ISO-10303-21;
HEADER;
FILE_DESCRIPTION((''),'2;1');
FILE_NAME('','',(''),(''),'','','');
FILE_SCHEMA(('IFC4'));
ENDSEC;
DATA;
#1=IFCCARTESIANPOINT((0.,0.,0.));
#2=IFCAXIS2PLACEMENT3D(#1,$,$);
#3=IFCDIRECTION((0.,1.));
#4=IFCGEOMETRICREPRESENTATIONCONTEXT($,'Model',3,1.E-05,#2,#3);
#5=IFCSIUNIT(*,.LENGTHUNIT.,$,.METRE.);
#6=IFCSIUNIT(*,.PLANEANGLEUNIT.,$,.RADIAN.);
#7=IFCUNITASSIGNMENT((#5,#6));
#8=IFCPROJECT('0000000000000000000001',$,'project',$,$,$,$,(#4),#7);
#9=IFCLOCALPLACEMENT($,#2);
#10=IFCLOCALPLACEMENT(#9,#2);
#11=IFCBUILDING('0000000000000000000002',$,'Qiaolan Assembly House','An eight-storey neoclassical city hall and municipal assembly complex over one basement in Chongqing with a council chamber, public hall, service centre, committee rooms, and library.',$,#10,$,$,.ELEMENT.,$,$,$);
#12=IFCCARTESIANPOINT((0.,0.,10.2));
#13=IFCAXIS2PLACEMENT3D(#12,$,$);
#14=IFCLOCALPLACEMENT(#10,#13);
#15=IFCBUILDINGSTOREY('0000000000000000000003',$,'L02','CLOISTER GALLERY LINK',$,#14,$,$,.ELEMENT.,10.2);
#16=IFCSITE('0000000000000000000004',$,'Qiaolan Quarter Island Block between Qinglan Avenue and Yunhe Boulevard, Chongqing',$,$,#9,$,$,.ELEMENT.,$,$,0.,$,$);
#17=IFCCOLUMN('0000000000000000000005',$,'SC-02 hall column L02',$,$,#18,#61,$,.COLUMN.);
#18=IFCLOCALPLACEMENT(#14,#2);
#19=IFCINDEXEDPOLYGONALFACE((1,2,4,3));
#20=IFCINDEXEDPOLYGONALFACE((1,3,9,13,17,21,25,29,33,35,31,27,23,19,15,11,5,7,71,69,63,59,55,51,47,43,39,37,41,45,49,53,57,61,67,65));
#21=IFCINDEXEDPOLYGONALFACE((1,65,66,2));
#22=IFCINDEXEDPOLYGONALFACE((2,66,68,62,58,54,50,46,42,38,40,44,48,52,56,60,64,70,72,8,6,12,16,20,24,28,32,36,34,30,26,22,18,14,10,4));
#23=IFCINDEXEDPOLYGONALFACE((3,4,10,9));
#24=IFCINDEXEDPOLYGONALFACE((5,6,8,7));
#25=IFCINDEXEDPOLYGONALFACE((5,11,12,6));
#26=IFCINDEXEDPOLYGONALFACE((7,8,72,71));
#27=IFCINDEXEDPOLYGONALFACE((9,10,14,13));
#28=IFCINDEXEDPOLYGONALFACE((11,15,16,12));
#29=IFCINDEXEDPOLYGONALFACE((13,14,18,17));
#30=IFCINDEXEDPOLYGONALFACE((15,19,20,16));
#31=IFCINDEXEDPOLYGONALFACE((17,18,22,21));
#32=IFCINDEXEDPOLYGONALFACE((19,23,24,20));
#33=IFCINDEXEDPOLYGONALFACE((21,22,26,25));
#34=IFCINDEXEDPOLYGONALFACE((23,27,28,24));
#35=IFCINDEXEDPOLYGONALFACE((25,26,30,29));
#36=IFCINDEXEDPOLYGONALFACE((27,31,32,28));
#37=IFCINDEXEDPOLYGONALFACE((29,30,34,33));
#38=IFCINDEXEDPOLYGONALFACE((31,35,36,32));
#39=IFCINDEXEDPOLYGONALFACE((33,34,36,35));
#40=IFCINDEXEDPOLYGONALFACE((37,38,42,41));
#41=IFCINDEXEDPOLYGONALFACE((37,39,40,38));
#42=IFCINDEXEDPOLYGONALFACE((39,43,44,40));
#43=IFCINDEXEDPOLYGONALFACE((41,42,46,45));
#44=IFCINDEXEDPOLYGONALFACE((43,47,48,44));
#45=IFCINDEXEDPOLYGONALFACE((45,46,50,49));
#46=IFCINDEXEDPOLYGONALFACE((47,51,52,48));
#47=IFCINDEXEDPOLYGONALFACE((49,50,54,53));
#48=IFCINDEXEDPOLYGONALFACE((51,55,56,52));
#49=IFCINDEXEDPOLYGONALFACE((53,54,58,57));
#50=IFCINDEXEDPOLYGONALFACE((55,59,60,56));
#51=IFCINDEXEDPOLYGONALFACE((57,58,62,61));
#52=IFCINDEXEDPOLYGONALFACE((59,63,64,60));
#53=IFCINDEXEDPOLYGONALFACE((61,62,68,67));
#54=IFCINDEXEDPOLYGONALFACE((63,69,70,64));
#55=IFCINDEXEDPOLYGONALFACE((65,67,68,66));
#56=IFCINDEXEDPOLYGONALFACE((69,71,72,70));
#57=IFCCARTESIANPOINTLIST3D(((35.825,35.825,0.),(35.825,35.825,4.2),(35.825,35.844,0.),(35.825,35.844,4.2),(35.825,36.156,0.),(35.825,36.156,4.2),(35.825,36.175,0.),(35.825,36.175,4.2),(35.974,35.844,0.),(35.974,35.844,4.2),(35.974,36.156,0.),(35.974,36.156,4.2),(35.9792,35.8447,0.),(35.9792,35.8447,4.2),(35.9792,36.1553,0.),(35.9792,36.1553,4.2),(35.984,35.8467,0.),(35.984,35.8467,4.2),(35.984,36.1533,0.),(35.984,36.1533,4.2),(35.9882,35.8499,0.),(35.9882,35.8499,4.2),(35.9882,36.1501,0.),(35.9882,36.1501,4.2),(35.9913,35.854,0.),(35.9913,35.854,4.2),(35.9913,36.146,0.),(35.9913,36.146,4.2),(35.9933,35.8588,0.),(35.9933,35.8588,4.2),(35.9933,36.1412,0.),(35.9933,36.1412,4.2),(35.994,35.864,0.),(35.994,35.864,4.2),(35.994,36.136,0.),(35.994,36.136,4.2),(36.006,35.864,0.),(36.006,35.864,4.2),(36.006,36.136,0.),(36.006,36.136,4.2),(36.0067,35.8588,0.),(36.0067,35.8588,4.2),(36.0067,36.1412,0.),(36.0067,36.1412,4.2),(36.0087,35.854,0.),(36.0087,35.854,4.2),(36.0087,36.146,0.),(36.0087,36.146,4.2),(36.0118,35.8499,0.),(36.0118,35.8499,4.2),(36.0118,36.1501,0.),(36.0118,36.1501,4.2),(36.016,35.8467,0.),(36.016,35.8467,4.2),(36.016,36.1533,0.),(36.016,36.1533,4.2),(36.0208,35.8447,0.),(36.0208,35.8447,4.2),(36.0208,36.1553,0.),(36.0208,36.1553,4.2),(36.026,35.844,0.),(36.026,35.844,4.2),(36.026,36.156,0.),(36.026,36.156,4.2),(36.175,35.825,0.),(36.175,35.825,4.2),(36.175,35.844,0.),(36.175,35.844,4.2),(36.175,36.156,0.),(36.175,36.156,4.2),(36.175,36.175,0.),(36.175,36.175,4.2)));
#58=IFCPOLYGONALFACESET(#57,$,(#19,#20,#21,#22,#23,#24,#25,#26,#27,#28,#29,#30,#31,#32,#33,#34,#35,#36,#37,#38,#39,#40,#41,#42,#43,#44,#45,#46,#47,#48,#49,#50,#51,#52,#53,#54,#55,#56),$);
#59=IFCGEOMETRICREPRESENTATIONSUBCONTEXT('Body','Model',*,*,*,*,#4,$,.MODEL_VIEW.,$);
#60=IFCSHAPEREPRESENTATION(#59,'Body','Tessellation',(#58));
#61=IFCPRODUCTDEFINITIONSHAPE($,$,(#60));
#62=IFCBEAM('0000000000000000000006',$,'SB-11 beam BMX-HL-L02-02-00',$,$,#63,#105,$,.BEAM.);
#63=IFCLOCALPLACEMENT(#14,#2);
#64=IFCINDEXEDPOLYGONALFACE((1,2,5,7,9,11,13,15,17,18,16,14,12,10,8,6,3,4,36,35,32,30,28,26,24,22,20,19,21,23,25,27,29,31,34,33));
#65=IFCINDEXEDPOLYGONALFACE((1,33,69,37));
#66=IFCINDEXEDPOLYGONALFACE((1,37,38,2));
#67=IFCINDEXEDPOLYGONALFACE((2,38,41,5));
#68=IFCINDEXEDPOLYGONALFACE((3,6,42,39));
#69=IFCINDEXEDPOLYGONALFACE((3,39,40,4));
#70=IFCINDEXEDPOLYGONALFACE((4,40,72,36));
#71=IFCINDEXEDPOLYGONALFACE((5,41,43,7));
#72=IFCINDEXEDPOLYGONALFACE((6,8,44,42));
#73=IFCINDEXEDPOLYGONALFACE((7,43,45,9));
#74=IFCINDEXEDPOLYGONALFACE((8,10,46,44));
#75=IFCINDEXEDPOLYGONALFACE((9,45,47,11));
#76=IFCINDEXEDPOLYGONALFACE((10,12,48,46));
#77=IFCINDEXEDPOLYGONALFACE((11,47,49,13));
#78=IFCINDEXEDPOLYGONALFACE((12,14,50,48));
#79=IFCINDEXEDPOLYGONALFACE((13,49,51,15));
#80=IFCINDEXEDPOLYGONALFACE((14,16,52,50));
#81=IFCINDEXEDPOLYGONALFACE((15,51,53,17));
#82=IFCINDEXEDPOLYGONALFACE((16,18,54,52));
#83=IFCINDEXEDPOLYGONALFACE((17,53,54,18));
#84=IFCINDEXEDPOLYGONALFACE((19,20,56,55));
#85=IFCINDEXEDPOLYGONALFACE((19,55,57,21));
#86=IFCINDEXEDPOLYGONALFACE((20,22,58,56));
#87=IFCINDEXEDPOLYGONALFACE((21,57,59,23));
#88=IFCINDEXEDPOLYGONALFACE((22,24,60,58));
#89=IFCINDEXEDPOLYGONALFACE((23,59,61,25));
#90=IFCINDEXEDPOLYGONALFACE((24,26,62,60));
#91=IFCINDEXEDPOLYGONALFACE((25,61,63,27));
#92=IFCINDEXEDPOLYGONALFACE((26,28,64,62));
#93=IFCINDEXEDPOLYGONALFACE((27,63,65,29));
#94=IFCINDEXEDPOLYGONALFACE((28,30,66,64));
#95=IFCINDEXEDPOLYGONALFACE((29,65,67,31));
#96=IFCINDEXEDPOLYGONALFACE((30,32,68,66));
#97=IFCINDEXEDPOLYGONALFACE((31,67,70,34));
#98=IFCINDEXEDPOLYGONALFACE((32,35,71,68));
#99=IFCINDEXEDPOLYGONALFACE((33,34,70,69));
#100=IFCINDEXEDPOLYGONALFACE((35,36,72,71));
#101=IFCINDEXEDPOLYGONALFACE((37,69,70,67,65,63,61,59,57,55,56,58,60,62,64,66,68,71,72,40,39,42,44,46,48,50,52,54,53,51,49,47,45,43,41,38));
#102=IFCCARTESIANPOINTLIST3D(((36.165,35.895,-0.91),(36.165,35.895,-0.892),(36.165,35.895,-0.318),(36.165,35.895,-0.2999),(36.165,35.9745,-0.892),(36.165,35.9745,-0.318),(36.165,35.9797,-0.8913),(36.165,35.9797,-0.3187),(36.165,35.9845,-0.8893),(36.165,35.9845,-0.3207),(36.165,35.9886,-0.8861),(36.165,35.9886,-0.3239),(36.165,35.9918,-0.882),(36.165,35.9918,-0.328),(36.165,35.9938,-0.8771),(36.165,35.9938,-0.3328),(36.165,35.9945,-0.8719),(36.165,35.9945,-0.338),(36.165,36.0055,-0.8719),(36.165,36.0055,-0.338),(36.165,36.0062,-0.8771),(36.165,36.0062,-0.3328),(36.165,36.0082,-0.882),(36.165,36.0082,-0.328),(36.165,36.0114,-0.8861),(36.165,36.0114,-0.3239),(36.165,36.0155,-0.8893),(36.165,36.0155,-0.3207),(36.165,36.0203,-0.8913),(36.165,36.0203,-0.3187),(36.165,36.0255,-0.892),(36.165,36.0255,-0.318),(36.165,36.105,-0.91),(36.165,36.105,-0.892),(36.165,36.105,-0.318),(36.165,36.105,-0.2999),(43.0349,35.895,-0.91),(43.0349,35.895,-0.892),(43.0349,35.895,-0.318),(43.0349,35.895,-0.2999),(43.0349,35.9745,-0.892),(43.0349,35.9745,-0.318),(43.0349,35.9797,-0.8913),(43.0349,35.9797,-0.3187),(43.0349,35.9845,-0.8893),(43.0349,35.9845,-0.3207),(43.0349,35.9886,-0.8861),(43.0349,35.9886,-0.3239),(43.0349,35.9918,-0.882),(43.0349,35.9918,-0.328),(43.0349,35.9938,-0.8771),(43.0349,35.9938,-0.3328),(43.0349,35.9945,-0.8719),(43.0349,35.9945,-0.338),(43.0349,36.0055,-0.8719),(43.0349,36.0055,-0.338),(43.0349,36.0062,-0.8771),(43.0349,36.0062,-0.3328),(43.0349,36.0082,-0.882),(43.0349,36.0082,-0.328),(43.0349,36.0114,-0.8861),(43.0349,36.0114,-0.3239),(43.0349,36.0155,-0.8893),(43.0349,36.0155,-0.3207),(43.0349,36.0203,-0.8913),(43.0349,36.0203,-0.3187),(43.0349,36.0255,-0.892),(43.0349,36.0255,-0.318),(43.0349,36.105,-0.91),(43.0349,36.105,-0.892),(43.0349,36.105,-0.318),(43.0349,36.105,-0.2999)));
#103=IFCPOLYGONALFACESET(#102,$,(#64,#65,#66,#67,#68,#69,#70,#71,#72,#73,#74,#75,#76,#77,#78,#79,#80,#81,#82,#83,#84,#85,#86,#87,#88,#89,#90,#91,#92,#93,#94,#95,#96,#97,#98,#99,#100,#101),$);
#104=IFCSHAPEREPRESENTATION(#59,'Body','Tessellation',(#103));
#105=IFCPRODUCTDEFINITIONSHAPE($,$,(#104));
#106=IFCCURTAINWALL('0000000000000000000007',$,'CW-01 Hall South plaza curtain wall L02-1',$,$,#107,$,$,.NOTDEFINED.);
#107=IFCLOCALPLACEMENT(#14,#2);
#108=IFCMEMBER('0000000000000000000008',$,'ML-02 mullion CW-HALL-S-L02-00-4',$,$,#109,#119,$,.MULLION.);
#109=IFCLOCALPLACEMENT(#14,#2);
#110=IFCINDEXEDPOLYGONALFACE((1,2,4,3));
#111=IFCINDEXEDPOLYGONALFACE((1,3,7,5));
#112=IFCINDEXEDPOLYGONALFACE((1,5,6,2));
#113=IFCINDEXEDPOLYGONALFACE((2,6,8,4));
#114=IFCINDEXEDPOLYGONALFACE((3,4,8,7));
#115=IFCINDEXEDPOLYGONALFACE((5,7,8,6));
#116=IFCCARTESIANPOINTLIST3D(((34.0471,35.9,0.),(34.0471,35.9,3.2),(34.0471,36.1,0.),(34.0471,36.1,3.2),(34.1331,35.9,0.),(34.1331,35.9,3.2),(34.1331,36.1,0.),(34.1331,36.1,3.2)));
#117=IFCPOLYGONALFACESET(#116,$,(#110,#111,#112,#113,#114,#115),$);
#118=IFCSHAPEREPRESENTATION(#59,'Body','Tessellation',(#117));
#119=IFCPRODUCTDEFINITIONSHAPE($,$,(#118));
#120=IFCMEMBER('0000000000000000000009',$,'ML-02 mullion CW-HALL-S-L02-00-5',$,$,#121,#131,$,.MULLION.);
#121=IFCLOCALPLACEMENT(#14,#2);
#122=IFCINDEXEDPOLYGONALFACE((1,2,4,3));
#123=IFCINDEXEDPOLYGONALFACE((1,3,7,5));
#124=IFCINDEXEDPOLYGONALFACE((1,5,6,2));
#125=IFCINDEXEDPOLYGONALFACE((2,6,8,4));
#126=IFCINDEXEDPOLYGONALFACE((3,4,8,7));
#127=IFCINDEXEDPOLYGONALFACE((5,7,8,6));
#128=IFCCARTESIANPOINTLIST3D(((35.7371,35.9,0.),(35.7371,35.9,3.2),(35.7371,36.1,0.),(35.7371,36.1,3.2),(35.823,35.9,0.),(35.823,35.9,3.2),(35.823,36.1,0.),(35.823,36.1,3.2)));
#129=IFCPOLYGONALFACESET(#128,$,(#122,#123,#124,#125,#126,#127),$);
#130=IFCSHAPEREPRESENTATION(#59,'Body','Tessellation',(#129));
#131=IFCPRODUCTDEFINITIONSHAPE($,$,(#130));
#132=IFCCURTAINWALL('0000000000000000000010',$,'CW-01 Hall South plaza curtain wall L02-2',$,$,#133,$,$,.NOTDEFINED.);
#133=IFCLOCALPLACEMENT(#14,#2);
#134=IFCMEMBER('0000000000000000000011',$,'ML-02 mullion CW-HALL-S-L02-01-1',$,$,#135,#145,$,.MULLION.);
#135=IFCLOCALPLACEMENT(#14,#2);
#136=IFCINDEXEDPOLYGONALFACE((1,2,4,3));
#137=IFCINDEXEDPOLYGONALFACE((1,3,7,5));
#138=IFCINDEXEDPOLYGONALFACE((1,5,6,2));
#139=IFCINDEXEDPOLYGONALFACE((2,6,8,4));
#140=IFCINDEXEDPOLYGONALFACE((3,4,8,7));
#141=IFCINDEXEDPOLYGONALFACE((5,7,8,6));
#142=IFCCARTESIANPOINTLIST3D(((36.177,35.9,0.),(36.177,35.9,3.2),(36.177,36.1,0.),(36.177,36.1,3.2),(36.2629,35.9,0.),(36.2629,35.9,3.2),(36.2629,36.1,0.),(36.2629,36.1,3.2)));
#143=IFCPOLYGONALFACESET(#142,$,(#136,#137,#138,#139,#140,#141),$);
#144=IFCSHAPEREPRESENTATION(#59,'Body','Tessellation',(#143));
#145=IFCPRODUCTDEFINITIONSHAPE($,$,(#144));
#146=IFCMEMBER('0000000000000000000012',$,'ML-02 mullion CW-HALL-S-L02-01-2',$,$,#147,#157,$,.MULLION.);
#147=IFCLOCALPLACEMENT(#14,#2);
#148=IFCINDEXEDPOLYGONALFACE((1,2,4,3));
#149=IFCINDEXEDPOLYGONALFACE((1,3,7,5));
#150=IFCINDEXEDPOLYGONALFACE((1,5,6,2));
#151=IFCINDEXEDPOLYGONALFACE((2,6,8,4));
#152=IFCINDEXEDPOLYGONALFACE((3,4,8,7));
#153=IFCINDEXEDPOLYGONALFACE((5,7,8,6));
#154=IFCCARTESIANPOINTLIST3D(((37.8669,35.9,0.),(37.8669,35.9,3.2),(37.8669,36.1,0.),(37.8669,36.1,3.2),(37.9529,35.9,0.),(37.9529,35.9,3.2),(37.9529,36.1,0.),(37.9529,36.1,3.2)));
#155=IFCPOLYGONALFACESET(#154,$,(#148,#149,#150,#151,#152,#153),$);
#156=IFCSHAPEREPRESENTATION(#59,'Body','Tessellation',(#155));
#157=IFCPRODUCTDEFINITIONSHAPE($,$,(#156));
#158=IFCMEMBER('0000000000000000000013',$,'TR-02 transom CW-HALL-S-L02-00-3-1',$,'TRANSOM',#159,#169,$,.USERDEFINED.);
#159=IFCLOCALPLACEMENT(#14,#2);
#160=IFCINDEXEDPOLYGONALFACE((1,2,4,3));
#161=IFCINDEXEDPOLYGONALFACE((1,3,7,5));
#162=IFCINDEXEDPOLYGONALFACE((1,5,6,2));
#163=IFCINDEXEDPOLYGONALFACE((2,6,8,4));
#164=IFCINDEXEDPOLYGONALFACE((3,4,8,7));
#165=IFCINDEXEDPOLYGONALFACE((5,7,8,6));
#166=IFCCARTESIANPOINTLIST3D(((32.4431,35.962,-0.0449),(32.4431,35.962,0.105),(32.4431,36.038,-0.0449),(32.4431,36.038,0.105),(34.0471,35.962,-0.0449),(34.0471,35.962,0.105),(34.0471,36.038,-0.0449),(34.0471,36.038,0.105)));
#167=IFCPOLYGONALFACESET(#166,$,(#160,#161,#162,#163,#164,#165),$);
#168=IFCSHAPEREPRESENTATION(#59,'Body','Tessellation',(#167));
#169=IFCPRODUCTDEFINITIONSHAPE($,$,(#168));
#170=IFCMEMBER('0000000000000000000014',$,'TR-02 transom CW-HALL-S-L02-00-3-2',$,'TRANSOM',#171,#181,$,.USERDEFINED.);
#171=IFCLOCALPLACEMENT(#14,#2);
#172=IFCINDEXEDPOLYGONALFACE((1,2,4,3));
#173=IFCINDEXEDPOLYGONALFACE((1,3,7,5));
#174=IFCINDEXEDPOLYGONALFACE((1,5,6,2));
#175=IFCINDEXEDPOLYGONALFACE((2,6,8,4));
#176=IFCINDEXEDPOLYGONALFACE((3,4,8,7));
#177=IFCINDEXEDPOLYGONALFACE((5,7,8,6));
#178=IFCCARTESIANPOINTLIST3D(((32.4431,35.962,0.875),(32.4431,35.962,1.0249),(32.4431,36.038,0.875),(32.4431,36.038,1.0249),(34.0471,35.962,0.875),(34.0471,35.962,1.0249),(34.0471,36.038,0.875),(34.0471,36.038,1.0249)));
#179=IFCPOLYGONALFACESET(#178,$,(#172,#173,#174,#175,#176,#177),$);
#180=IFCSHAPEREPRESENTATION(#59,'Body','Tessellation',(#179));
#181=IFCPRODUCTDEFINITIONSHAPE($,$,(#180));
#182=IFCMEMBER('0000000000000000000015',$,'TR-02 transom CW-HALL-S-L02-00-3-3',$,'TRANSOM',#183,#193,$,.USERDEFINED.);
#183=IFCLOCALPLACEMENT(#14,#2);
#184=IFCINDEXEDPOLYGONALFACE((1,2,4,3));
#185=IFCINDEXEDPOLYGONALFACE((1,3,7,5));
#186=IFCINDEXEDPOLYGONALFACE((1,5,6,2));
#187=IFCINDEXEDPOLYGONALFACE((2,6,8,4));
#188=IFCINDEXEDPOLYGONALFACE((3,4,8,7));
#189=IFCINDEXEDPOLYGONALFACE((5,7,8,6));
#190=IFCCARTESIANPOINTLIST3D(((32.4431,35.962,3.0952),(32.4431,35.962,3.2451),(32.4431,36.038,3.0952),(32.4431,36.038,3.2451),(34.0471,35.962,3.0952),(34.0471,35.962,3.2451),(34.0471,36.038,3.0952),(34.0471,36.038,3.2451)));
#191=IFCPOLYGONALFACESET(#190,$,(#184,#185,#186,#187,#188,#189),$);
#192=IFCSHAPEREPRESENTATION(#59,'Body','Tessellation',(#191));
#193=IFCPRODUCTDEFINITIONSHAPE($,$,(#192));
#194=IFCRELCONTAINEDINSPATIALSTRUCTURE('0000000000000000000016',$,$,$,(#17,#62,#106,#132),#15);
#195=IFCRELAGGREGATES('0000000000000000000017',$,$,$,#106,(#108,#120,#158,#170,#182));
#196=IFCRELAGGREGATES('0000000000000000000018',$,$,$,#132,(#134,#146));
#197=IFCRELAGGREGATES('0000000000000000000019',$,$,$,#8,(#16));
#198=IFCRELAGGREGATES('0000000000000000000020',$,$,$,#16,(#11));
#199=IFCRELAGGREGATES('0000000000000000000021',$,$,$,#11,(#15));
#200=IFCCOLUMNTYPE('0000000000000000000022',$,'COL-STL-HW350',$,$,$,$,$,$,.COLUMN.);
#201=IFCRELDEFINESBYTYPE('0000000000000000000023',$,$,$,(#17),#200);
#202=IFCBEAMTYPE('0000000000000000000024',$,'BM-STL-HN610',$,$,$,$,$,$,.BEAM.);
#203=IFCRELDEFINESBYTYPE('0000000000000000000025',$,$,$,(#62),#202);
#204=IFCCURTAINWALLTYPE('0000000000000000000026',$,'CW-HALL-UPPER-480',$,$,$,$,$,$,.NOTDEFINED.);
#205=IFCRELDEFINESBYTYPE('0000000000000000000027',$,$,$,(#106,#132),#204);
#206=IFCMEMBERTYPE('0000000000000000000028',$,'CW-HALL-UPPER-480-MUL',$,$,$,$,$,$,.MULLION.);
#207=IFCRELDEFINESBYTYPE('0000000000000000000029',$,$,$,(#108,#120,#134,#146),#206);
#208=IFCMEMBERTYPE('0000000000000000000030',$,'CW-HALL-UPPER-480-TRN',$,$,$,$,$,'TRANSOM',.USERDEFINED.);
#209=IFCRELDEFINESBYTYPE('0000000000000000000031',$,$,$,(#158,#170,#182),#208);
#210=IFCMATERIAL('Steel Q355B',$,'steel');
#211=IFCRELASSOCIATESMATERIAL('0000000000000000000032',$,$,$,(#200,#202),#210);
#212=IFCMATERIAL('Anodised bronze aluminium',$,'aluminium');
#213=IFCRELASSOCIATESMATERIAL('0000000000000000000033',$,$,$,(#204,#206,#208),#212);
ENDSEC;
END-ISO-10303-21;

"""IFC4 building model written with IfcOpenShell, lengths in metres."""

from ifc_helpers import new_model, si_unit, direction, frame, origin, origin_2d, place, context, subcontext, project, spatial, rectangle, i_section, extrude, material, material_profile, profile_set, type_object, element, aggregate, save


model = new_model("IFC4")

# Units and contexts
model_context = context("Model", 3, precision=1e-05, world=origin(), true_north=direction((0.0, 1.0)))
body_context = subcontext(model_context, "Body", "Model", "MODEL_VIEW")
ifc_project = project(units=[si_unit("LENGTHUNIT", "METRE"), si_unit("PLANEANGLEUNIT", "RADIAN")], contexts=[model_context])

# Site, building, storey
site_placement = place(None, origin())
site = spatial("IfcSite", under=ifc_project, at=site_placement, Name="Qiaolan Quarter Island Block between Qinglan Avenue and Yunhe Boulevard, Chongqing", CompositionType="ELEMENT", RefElevation=0.0)
building_placement = place(site_placement, origin())
building = spatial("IfcBuilding", under=site, at=building_placement, Name="Qiaolan Assembly House", Description="An eight-storey neoclassical city hall and municipal assembly complex over one basement in Chongqing with a council chamber, public hall, service centre, committee rooms, and library.", CompositionType="ELEMENT")
storey_placement = place(building_placement, frame((0.0, 0.0, 10.2)))
storey = spatial("IfcBuildingStorey", under=building, at=storey_placement, Name="L02", Description="CLOISTER GALLERY LINK", CompositionType="ELEMENT", Elevation=10.2)

# Column
ifc_material_1 = material(Name="Steel Q355B", Category="steel")
ifc_material_profile_1 = material_profile(ifc_material_1, i_section(OverallWidth=0.3501, OverallDepth=0.3501, WebThickness=0.012, FlangeThickness=0.019, FilletRadius=0.02, at=origin_2d()), Name="HW 350x350x12x19")
ifc_profile_set_1 = profile_set([ifc_material_profile_1], Name="Steel Q355B")
column_type = type_object("IfcColumnType", Name="COL-STL-HW350", PredefinedType="COLUMN", material=ifc_profile_set_1)
column_placement = place(storey_placement, frame((36.0, 36.0, 0.0), z_axis=(0.0, 0.0, 1.0), x_axis=(1.0, 0.0, 0.0)))
element("IfcColumn", 1, at=column_placement, inside=storey, type_object=column_type, Name="SC-02 hall column L02", PredefinedType="COLUMN", context=body_context, shape_type="SweptSolid", body=[
    extrude(i_section(OverallWidth=0.3501, OverallDepth=0.3501, WebThickness=0.012, FlangeThickness=0.019, FilletRadius=0.02, at=origin_2d()), origin(), (0.0, 0.0, 1.0), 4.2),
])

# Beam
ifc_material_profile_2 = material_profile(ifc_material_1, i_section(OverallWidth=0.21, OverallDepth=0.6101, WebThickness=0.011, FlangeThickness=0.0181, FilletRadius=0.02, at=origin_2d()), Name="HN 610x210x11x18")
ifc_profile_set_2 = profile_set([ifc_material_profile_2], Name="Steel Q355B")
beam_type = type_object("IfcBeamType", Name="BM-STL-HN610", PredefinedType="BEAM", material=ifc_profile_set_2)
beam_placement = place(storey_placement, frame((36.165, 36.0, -0.605), z_axis=(1.0, 0.0, 0.0), x_axis=(0.0, 1.0, 0.0)))
element("IfcBeam", 2, at=beam_placement, inside=storey, type_object=beam_type, Name="SB-11 beam BMX-HL-L02-02-00", PredefinedType="BEAM", context=body_context, shape_type="SweptSolid", body=[
    extrude(i_section(OverallWidth=0.21, OverallDepth=0.6101, WebThickness=0.011, FlangeThickness=0.0181, FilletRadius=0.02, at=origin_2d()), origin(), (0.0, 0.0, 1.0), 6.8699),
])

# Curtain walls, members
ifc_material_2 = material(Name="Anodised bronze aluminium", Category="aluminium")
curtain_wall_type = type_object("IfcCurtainWallType", Name="CW-HALL-UPPER-480", PredefinedType="NOTDEFINED", material=ifc_material_2)
curtain_wall_1_placement = place(storey_placement, origin())
curtain_wall_1 = element("IfcCurtainWall", 3, at=curtain_wall_1_placement, inside=storey, type_object=curtain_wall_type, Name="CW-01 Hall South plaza curtain wall L02-1", PredefinedType="NOTDEFINED")
ifc_material_profile_3 = material_profile(ifc_material_2, rectangle(XDim=0.0859, YDim=0.2, at=origin_2d()), Name="MUL 86x200")
ifc_profile_set_3 = profile_set([ifc_material_profile_3], Name="Anodised bronze aluminium")
member_type_1 = type_object("IfcMemberType", Name="CW-HALL-UPPER-480-MUL", PredefinedType="MULLION", material=ifc_profile_set_3)
member_1_placement = place(storey_placement, frame((34.0901, 36.0, 0.0), z_axis=(0.0, 0.0, 1.0), x_axis=(1.0, 0.0, 0.0)))
member_1 = element("IfcMember", 4, at=member_1_placement, type_object=member_type_1, Name="ML-02 mullion CW-HALL-S-L02-00-4", PredefinedType="MULLION", context=body_context, shape_type="SweptSolid", body=[
    extrude(rectangle(XDim=0.0859, YDim=0.2, at=origin_2d()), origin(), (0.0, 0.0, 1.0), 3.2),
])
member_2_placement = place(storey_placement, frame((35.78, 36.0, 0.0), z_axis=(0.0, 0.0, 1.0), x_axis=(1.0, 0.0, 0.0)))
member_2 = element("IfcMember", 5, at=member_2_placement, type_object=member_type_1, Name="ML-02 mullion CW-HALL-S-L02-00-5", PredefinedType="MULLION", context=body_context, shape_type="SweptSolid", body=[
    extrude(rectangle(XDim=0.0859, YDim=0.2, at=origin_2d()), origin(), (0.0, 0.0, 1.0), 3.2),
])
curtain_wall_2_placement = place(storey_placement, origin())
curtain_wall_2 = element("IfcCurtainWall", 6, at=curtain_wall_2_placement, inside=storey, type_object=curtain_wall_type, Name="CW-01 Hall South plaza curtain wall L02-2", PredefinedType="NOTDEFINED")
member_3_placement = place(storey_placement, frame((36.22, 36.0, 0.0), z_axis=(0.0, 0.0, 1.0), x_axis=(1.0, 0.0, 0.0)))
member_3 = element("IfcMember", 7, at=member_3_placement, type_object=member_type_1, Name="ML-02 mullion CW-HALL-S-L02-01-1", PredefinedType="MULLION", context=body_context, shape_type="SweptSolid", body=[
    extrude(rectangle(XDim=0.0859, YDim=0.2, at=origin_2d()), origin(), (0.0, 0.0, 1.0), 3.2),
])
member_4_placement = place(storey_placement, frame((37.9099, 36.0, 0.0), z_axis=(0.0, 0.0, 1.0), x_axis=(1.0, 0.0, 0.0)))
member_4 = element("IfcMember", 8, at=member_4_placement, type_object=member_type_1, Name="ML-02 mullion CW-HALL-S-L02-01-2", PredefinedType="MULLION", context=body_context, shape_type="SweptSolid", body=[
    extrude(rectangle(XDim=0.0859, YDim=0.2, at=origin_2d()), origin(), (0.0, 0.0, 1.0), 3.2),
])

# Members
ifc_material_profile_4 = material_profile(ifc_material_2, rectangle(XDim=0.0759, YDim=0.1499, at=origin_2d()), Name="TRN 76x150")
ifc_profile_set_4 = profile_set([ifc_material_profile_4], Name="Anodised bronze aluminium")
member_type_2 = type_object("IfcMemberType", Name="CW-HALL-UPPER-480-TRN", ElementType="TRANSOM", PredefinedType="USERDEFINED", material=ifc_profile_set_4)
member_5_placement = place(storey_placement, frame((32.4431, 36.0, 0.03), z_axis=(1.0, 0.0, 0.0), x_axis=(0.0, 1.0, 0.0)))
member_5 = element("IfcMember", 9, at=member_5_placement, type_object=member_type_2, Name="TR-02 transom CW-HALL-S-L02-00-3-1", ObjectType="TRANSOM", PredefinedType="USERDEFINED", context=body_context, shape_type="SweptSolid", body=[
    extrude(rectangle(XDim=0.0759, YDim=0.1499, at=origin_2d()), origin(), (0.0, 0.0, 1.0), 1.604),
])
member_6_placement = place(storey_placement, frame((32.4431, 36.0, 0.95), z_axis=(1.0, 0.0, 0.0), x_axis=(0.0, 1.0, 0.0)))
member_6 = element("IfcMember", 10, at=member_6_placement, type_object=member_type_2, Name="TR-02 transom CW-HALL-S-L02-00-3-2", ObjectType="TRANSOM", PredefinedType="USERDEFINED", context=body_context, shape_type="SweptSolid", body=[
    extrude(rectangle(XDim=0.0759, YDim=0.1499, at=origin_2d()), origin(), (0.0, 0.0, 1.0), 1.604),
])
member_7_placement = place(storey_placement, frame((32.4431, 36.0, 3.1702), z_axis=(1.0, 0.0, 0.0), x_axis=(0.0, 1.0, 0.0)))
member_7 = element("IfcMember", 11, at=member_7_placement, type_object=member_type_2, Name="TR-02 transom CW-HALL-S-L02-00-3-3", ObjectType="TRANSOM", PredefinedType="USERDEFINED", context=body_context, shape_type="SweptSolid", body=[
    extrude(rectangle(XDim=0.0759, YDim=0.1499, at=origin_2d()), origin(), (0.0, 0.0, 1.0), 1.604),
])

aggregate(curtain_wall_1, [member_1, member_2, member_5, member_6, member_7])
aggregate(curtain_wall_2, [member_3, member_4])

save(model, "model.ifc")
